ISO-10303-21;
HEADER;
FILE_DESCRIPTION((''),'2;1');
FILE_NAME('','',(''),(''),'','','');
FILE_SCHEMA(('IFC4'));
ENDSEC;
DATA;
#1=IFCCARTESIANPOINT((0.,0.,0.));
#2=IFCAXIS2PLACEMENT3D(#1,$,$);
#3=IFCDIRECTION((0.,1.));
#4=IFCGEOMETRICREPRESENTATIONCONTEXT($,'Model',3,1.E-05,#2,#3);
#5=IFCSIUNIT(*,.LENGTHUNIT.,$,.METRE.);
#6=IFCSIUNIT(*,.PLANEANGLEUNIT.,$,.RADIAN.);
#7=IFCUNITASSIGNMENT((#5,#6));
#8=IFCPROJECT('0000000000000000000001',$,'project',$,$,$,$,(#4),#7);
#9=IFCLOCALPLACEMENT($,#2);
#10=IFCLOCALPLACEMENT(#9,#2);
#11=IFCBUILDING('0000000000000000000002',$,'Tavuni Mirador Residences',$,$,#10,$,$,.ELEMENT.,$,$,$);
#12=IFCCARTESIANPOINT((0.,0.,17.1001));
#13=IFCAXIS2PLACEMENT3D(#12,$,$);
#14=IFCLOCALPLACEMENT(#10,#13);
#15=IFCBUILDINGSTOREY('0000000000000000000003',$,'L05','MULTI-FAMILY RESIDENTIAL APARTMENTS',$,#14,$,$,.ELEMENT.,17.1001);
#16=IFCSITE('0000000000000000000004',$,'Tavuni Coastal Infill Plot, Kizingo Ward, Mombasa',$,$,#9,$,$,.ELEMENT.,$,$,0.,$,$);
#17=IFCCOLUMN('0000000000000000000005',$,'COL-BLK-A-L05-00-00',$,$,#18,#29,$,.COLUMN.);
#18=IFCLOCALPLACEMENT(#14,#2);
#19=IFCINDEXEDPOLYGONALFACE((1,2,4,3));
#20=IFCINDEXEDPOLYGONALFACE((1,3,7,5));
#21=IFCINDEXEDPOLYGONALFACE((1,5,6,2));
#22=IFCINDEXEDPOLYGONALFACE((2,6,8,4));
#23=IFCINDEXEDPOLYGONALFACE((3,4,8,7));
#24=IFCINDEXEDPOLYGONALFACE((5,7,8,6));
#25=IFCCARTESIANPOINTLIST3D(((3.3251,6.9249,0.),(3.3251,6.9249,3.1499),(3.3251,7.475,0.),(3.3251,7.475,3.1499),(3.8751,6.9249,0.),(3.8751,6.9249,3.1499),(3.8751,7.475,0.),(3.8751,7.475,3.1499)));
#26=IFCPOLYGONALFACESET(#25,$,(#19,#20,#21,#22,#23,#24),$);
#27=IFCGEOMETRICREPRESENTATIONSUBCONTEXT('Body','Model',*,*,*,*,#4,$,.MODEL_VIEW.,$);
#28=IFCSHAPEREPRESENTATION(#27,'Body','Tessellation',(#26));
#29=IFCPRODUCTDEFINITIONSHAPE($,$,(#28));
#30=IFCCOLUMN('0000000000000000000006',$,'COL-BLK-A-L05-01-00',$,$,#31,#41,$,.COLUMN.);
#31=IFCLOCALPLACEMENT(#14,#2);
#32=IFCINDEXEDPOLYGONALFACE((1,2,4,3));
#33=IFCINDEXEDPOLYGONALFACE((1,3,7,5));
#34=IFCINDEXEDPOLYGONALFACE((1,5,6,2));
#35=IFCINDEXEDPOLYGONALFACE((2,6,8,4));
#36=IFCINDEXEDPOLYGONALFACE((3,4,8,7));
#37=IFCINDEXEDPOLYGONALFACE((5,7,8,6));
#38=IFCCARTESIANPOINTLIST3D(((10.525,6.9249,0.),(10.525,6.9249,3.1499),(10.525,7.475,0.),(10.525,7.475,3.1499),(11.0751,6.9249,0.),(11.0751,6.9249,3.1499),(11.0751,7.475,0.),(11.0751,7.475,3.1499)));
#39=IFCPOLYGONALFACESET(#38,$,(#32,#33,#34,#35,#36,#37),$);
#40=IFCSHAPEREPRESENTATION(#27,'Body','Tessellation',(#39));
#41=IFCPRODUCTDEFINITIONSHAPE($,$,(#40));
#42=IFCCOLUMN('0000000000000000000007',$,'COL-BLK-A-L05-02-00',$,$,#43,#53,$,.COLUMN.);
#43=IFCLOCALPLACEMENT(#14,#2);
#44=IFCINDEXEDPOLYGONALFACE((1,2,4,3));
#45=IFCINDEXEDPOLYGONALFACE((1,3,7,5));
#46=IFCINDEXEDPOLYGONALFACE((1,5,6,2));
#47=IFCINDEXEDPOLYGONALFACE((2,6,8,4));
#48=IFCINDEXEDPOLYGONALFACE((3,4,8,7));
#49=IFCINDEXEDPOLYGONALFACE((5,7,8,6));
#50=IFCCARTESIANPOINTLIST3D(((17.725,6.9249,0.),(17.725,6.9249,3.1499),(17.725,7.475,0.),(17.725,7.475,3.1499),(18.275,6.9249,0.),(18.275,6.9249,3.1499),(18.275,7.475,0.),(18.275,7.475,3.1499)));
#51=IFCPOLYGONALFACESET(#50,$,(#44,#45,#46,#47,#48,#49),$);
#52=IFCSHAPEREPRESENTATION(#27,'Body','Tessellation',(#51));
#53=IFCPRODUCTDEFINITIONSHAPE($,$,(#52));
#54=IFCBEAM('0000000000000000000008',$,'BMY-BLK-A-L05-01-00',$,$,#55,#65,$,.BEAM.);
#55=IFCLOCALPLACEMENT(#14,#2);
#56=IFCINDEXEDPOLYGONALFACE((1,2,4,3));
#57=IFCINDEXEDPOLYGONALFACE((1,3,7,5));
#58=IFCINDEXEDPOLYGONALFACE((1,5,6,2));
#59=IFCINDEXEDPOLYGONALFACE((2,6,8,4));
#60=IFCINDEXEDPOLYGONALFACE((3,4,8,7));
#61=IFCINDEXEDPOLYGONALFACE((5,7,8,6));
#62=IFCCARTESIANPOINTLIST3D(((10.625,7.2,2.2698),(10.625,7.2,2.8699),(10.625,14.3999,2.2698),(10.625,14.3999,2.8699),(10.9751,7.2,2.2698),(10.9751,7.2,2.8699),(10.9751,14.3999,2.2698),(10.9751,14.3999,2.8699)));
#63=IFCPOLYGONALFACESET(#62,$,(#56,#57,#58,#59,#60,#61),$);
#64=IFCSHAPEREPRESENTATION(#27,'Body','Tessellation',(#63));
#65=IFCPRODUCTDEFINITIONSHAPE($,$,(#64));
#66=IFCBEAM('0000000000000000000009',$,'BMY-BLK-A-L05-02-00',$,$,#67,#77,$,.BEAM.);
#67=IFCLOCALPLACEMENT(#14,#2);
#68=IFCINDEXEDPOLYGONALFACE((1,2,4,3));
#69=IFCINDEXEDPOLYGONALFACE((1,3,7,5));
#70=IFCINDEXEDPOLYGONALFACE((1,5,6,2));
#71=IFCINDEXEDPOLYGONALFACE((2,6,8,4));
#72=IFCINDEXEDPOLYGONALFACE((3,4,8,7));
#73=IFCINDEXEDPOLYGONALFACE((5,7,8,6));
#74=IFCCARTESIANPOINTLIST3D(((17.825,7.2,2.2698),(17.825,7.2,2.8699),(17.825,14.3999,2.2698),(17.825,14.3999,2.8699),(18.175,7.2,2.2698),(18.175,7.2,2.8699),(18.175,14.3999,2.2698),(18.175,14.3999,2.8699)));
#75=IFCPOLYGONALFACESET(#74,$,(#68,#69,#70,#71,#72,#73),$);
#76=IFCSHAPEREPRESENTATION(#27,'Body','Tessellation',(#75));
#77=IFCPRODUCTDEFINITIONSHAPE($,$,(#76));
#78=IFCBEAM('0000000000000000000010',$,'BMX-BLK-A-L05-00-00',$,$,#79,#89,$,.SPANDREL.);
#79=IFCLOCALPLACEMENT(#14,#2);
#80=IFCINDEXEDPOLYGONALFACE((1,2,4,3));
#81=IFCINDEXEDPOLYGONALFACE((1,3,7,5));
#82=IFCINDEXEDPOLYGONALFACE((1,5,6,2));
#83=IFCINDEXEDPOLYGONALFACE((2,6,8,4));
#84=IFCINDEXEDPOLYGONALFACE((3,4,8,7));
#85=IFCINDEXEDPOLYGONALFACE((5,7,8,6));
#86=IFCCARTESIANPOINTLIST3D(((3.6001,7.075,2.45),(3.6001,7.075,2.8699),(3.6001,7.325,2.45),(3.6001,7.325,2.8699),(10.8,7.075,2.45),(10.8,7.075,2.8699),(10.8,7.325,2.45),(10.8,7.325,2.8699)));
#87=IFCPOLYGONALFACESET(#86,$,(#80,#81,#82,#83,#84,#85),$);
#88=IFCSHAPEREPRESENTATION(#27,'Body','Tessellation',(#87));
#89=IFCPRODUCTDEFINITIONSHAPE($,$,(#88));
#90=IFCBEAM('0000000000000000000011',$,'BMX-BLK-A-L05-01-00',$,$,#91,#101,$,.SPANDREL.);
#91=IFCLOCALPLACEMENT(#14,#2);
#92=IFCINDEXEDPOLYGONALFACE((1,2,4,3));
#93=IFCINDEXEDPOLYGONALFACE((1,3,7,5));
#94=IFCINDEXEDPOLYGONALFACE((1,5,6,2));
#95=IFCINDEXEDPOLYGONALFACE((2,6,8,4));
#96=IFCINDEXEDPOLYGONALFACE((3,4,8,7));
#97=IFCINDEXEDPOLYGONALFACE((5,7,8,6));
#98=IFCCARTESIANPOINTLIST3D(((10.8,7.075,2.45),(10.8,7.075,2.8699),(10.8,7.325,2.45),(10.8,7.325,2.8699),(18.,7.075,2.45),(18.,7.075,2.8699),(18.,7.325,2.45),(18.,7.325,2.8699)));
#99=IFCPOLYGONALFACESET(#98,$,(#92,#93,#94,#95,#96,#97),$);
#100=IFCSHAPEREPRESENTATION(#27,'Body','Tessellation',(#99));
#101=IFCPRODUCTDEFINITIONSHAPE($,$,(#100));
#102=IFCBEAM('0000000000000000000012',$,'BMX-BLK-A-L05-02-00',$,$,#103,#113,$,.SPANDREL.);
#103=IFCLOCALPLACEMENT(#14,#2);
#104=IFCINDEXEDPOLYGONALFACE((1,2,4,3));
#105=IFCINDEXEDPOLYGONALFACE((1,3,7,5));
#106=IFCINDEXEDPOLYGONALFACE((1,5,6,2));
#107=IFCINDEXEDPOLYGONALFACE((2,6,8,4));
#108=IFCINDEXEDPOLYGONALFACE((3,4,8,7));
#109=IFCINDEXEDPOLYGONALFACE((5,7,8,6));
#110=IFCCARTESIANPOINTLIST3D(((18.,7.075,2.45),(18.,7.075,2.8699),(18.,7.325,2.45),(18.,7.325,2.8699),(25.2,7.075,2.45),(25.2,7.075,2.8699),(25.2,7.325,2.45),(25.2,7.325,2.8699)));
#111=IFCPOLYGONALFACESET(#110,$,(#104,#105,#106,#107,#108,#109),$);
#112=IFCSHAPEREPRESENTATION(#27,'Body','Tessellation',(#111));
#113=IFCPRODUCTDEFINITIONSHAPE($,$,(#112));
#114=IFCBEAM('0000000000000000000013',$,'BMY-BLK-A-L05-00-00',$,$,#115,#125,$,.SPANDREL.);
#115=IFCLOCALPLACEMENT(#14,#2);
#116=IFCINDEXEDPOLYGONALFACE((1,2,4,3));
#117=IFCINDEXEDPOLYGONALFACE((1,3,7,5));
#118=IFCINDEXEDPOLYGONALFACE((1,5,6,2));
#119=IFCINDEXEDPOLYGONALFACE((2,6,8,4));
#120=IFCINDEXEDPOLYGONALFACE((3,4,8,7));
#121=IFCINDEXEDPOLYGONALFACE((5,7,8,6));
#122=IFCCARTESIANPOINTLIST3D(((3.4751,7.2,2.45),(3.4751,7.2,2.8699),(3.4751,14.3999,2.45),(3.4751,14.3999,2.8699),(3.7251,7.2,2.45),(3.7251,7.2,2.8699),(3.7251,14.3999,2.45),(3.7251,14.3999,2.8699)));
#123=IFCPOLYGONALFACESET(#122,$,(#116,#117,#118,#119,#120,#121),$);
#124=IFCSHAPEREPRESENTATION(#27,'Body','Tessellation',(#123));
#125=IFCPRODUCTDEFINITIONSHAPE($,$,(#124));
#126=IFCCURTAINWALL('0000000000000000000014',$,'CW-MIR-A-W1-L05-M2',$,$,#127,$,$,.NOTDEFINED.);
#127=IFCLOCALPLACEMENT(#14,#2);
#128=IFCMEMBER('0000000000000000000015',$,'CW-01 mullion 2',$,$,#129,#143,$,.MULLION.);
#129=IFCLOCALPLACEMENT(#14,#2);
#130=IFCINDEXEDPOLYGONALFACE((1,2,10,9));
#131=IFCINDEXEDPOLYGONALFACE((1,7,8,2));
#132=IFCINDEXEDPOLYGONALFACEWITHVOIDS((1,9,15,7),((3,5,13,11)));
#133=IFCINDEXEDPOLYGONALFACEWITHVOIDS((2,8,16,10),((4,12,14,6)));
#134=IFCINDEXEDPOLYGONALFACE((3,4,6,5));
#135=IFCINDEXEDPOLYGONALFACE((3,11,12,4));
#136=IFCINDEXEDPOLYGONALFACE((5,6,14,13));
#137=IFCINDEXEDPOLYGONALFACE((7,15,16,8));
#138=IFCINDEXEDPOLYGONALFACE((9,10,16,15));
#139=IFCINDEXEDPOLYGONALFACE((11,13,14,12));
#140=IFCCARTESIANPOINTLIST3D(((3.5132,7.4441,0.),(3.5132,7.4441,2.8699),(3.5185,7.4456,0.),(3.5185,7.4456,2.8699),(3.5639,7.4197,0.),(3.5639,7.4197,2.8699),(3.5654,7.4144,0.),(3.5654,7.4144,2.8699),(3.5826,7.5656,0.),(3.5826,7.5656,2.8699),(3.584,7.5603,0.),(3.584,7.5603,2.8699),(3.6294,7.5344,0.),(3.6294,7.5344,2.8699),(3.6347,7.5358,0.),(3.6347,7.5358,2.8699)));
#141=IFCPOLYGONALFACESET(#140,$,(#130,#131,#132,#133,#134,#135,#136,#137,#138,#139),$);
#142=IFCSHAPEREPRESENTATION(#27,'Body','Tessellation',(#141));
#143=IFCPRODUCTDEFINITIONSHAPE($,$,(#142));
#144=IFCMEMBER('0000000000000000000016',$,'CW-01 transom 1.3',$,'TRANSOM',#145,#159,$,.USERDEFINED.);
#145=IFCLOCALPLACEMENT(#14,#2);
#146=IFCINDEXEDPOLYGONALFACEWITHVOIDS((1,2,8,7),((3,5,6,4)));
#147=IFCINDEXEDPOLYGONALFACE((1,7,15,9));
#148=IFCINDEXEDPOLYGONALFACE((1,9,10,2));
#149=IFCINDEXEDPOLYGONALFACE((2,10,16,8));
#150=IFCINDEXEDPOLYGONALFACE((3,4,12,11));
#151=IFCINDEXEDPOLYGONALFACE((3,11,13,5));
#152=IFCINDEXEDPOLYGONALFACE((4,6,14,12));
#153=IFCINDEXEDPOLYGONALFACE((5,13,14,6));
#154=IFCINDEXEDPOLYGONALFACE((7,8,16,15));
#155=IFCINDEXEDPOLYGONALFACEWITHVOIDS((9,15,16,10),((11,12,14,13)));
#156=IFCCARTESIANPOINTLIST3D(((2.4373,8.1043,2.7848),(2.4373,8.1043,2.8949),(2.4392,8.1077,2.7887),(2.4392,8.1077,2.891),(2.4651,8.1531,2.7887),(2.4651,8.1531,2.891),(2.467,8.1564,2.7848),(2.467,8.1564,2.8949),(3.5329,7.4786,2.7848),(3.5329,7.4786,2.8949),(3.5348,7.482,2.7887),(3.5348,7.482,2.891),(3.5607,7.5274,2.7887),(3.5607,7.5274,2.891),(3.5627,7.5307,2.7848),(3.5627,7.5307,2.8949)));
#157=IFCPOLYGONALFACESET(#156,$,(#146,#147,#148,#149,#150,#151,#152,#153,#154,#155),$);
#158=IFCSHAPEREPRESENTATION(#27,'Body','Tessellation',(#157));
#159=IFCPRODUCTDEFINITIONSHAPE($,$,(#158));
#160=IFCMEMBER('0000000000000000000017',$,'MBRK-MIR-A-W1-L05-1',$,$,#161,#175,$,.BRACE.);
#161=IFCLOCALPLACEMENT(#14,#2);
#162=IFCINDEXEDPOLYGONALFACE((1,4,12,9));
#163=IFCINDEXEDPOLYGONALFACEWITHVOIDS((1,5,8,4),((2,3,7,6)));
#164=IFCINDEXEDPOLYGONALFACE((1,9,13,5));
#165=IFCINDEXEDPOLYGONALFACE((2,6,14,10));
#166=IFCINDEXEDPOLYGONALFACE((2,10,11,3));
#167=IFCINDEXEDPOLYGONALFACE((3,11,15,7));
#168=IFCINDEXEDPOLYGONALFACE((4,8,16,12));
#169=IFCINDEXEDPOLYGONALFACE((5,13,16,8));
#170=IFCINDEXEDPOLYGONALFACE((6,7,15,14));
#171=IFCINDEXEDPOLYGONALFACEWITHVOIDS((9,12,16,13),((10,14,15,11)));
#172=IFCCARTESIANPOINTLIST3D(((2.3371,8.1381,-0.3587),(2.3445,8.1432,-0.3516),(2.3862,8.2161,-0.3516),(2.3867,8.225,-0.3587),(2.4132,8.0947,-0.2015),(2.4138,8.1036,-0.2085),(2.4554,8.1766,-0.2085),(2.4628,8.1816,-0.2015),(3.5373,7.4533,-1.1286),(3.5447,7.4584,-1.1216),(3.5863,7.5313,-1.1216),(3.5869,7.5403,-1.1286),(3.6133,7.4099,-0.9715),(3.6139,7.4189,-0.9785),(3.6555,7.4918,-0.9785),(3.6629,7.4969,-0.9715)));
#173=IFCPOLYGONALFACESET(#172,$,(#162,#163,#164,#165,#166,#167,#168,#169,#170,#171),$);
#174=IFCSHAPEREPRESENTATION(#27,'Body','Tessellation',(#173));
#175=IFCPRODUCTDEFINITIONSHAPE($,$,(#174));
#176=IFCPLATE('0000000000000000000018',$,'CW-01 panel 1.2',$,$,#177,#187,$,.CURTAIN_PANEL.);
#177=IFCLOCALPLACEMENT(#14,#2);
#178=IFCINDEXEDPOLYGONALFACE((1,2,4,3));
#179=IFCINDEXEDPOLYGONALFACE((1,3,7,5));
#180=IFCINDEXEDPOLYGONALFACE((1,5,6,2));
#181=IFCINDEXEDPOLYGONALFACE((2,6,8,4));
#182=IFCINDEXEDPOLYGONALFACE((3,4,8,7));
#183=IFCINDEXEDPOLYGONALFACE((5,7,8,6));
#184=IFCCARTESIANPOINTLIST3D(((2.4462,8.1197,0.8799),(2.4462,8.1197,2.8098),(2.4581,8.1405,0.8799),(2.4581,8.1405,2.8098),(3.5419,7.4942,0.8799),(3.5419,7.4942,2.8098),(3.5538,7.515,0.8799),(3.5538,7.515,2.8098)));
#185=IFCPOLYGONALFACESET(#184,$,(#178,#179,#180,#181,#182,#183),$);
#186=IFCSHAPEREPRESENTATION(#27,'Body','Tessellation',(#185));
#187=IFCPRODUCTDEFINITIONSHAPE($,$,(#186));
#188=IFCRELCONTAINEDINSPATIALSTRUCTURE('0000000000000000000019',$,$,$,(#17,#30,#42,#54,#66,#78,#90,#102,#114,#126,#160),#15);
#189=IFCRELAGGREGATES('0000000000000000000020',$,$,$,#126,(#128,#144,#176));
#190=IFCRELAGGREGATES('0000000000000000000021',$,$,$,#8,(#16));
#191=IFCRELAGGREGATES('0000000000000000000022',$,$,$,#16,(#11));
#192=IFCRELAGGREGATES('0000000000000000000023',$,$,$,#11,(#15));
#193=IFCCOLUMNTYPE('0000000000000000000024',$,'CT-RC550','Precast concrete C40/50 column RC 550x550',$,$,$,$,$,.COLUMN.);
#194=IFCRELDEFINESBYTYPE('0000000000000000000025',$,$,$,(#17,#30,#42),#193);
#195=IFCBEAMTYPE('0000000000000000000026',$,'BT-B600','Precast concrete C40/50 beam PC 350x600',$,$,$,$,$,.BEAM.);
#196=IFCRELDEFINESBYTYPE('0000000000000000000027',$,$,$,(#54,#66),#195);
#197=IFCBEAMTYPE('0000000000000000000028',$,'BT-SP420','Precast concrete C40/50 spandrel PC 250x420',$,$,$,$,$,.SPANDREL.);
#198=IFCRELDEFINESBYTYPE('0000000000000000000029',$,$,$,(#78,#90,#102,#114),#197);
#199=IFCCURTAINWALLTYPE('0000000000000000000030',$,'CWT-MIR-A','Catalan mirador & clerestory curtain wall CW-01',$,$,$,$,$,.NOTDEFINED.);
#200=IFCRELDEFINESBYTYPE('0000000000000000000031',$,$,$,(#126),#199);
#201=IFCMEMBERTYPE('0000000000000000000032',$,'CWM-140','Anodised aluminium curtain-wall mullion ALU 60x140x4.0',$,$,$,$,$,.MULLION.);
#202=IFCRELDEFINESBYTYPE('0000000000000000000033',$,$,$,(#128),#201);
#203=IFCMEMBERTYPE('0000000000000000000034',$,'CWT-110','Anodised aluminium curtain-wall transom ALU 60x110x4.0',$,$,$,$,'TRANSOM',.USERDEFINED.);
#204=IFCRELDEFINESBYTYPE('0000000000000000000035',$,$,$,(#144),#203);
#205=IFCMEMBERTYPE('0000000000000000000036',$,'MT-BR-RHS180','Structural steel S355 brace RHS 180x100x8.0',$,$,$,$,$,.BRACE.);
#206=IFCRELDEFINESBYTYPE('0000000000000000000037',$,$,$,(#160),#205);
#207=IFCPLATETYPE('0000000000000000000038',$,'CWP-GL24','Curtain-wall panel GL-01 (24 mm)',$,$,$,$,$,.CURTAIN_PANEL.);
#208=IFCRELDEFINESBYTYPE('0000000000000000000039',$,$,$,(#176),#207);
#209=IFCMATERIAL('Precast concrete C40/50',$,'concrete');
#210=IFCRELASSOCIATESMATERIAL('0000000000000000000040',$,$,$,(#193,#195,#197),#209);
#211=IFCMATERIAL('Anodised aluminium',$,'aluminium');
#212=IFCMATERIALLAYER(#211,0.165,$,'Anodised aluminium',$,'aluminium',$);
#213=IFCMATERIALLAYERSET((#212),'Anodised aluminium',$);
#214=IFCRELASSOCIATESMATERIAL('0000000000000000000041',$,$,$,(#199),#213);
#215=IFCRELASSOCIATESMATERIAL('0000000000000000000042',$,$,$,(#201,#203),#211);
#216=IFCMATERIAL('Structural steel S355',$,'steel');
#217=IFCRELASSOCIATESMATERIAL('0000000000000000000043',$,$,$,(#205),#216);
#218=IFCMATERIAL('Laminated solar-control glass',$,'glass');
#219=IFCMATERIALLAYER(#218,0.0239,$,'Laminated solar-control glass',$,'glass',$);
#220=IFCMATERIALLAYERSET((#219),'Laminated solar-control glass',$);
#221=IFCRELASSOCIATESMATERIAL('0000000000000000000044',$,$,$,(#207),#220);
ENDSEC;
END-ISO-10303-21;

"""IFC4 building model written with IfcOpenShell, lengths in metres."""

from ifc_helpers import new_model, si_unit, direction, frame, origin, origin_2d, place, context, subcontext, project, spatial, rectangle, hollow_rectangle, extrude, material, layer, layer_set, material_profile, profile_set, type_object, element, aggregate, save


model = new_model("IFC4")

# Units and contexts
model_context = context("Model", 3, precision=1e-05, world=origin(), true_north=direction((0.0, 1.0)))
body_context = subcontext(model_context, "Body", "Model", "MODEL_VIEW")
ifc_project = project(units=[si_unit("LENGTHUNIT", "METRE"), si_unit("PLANEANGLEUNIT", "RADIAN")], contexts=[model_context])

# Site, building, storey
site_placement = place(None, origin())
site = spatial("IfcSite", under=ifc_project, at=site_placement, Name="Tavuni Coastal Infill Plot, Kizingo Ward, Mombasa", CompositionType="ELEMENT", RefElevation=0.0)
building_placement = place(site_placement, origin())
building = spatial("IfcBuilding", under=site, at=building_placement, Name="Tavuni Mirador Residences", CompositionType="ELEMENT")
storey_placement = place(building_placement, frame((0.0, 0.0, 17.1001)))
storey = spatial("IfcBuildingStorey", under=building, at=storey_placement, Name="L05", Description="MULTI-FAMILY RESIDENTIAL APARTMENTS", CompositionType="ELEMENT", Elevation=17.1001)

# Columns
ifc_material_1 = material(Name="Precast concrete C40/50", Category="concrete")
ifc_material_profile_1 = material_profile(ifc_material_1, rectangle(XDim=0.55, YDim=0.55, at=origin_2d()), Name="RC 550x550", Category="concrete")
ifc_profile_set_1 = profile_set([ifc_material_profile_1], Name="Precast concrete C40/50")
column_type = type_object("IfcColumnType", Name="CT-RC550", Description="Precast concrete C40/50 column RC 550x550", PredefinedType="COLUMN", material=ifc_profile_set_1)
for number, where, z_axis, x_axis, name in (
    (1, (3.6001, 7.2, 0.0), (0.0, 0.0, 1.0), (1.0, 0.0, 0.0), "COL-BLK-A-L05-00-00"),
    (2, (10.8, 7.2, 0.0), (0.0, 0.0, 1.0), (1.0, 0.0, 0.0), "COL-BLK-A-L05-01-00"),
    (3, (18.0, 7.2, 0.0), (0.0, 0.0, 1.0), (1.0, 0.0, 0.0), "COL-BLK-A-L05-02-00"),
):
    element("IfcColumn", number, at=place(storey_placement, frame(where, z_axis=z_axis, x_axis=x_axis)), inside=storey, type_object=column_type, Name=name, PredefinedType="COLUMN", context=body_context, shape_type="SweptSolid", body=[
        extrude(rectangle(XDim=0.55, YDim=0.55, at=origin_2d()), origin(), (0.0, 0.0, 1.0), 3.1499),
    ])

# Beams
ifc_material_profile_2 = material_profile(ifc_material_1, rectangle(XDim=0.3501, YDim=0.6001, at=origin_2d()), Name="PC 350x600", Category="concrete")
ifc_profile_set_2 = profile_set([ifc_material_profile_2], Name="Precast concrete C40/50")
beam_type_1 = type_object("IfcBeamType", Name="BT-B600", Description="Precast concrete C40/50 beam PC 350x600", PredefinedType="BEAM", material=ifc_profile_set_2)
for number, where, z_axis, x_axis, name in (
    (4, (10.8, 7.2, 2.5698), (0.0, 1.0, 0.0), (-1.0, 0.0, 0.0), "BMY-BLK-A-L05-01-00"),
    (5, (18.0, 7.2, 2.5698), (0.0, 1.0, 0.0), (-1.0, 0.0, 0.0), "BMY-BLK-A-L05-02-00"),
):
    element("IfcBeam", number, at=place(storey_placement, frame(where, z_axis=z_axis, x_axis=x_axis)), inside=storey, type_object=beam_type_1, Name=name, PredefinedType="BEAM", context=body_context, shape_type="SweptSolid", body=[
        extrude(rectangle(XDim=0.3501, YDim=0.6001, at=origin_2d()), origin(), (0.0, 0.0, 1.0), 7.2),
    ])
ifc_material_profile_3 = material_profile(ifc_material_1, rectangle(XDim=0.25, YDim=0.4199, at=origin_2d()), Name="PC 250x420", Category="concrete")
ifc_profile_set_3 = profile_set([ifc_material_profile_3], Name="Precast concrete C40/50")
beam_type_2 = type_object("IfcBeamType", Name="BT-SP420", Description="Precast concrete C40/50 spandrel PC 250x420", PredefinedType="SPANDREL", material=ifc_profile_set_3)
for number, where, z_axis, x_axis, name in (
    (6, (3.6001, 7.2, 2.6599), (1.0, 0.0, 0.0), (0.0, 1.0, 0.0), "BMX-BLK-A-L05-00-00"),
    (7, (10.8, 7.2, 2.6599), (1.0, 0.0, 0.0), (0.0, 1.0, 0.0), "BMX-BLK-A-L05-01-00"),
    (8, (18.0, 7.2, 2.6599), (1.0, 0.0, 0.0), (0.0, 1.0, 0.0), "BMX-BLK-A-L05-02-00"),
    (9, (3.6001, 7.2, 2.6599), (0.0, 1.0, 0.0), (-1.0, 0.0, 0.0), "BMY-BLK-A-L05-00-00"),
):
    element("IfcBeam", number, at=place(storey_placement, frame(where, z_axis=z_axis, x_axis=x_axis)), inside=storey, type_object=beam_type_2, Name=name, PredefinedType="SPANDREL", context=body_context, shape_type="SweptSolid", body=[
        extrude(rectangle(XDim=0.25, YDim=0.4199, at=origin_2d()), origin(), (0.0, 0.0, 1.0), 7.2),
    ])

# Curtain wall, members
ifc_material_2 = material(Name="Anodised aluminium", Category="aluminium")
ifc_layer_1 = layer(ifc_material_2, 0.165, Name="Anodised aluminium", Category="aluminium")
ifc_layer_set_1 = layer_set([ifc_layer_1], Name="Anodised aluminium")
curtain_wall_type = type_object("IfcCurtainWallType", Name="CWT-MIR-A", Description="Catalan mirador & clerestory curtain wall CW-01", PredefinedType="NOTDEFINED", material=ifc_layer_set_1)
curtain_wall_placement = place(storey_placement, origin())
curtain_wall = element("IfcCurtainWall", 10, at=curtain_wall_placement, inside=storey, type_object=curtain_wall_type, Name="CW-MIR-A-W1-L05-M2", PredefinedType="NOTDEFINED")
ifc_material_profile_4 = material_profile(ifc_material_2, hollow_rectangle(XDim=0.0601, YDim=0.1399, WallThickness=0.0039, at=origin_2d()), Name="ALU 60x140x4.0", Category="aluminium")
ifc_profile_set_4 = profile_set([ifc_material_profile_4], Name="Anodised aluminium")
member_type_1 = type_object("IfcMemberType", Name="CWM-140", Description="Anodised aluminium curtain-wall mullion ALU 60x140x4.0", PredefinedType="MULLION", material=ifc_profile_set_4)
member_1_placement = place(storey_placement, frame((3.574, 7.49, 0.0), z_axis=(0.0, 0.0, 1.0), x_axis=(0.868466, -0.495749, 0.0)))
member_1 = element("IfcMember", 11, at=member_1_placement, type_object=member_type_1, Name="CW-01 mullion 2", PredefinedType="MULLION", context=body_context, shape_type="SweptSolid", body=[
    extrude(hollow_rectangle(XDim=0.0601, YDim=0.1399, WallThickness=0.0039, at=origin_2d()), origin(), (0.0, 0.0, 1.0), 2.8699),
])
ifc_material_profile_5 = material_profile(ifc_material_2, hollow_rectangle(XDim=0.0601, YDim=0.1101, WallThickness=0.0039, at=origin_2d()), Name="ALU 60x110x4.0", Category="aluminium")
ifc_profile_set_5 = profile_set([ifc_material_profile_5], Name="Anodised aluminium")
member_type_2 = type_object("IfcMemberType", Name="CWT-110", Description="Anodised aluminium curtain-wall transom ALU 60x110x4.0", ElementType="TRANSOM", PredefinedType="USERDEFINED", material=ifc_profile_set_5)
member_2_placement = place(storey_placement, frame((2.4521, 8.1304, 2.8398), z_axis=(0.868374, -0.49591, 0.0), x_axis=(0.49591, 0.868374, 0.0)))
member_2 = element("IfcMember", 12, at=member_2_placement, type_object=member_type_2, Name="CW-01 transom 1.3", ObjectType="TRANSOM", PredefinedType="USERDEFINED", context=body_context, shape_type="SweptSolid", body=[
    extrude(hollow_rectangle(XDim=0.0601, YDim=0.1101, WallThickness=0.0039, at=origin_2d()), origin(), (0.0, 0.0, 1.0), 1.2617),
])

# Member
ifc_material_3 = material(Name="Structural steel S355", Category="steel")
ifc_material_profile_6 = material_profile(ifc_material_3, hollow_rectangle(XDim=0.1001, YDim=0.1799, WallThickness=0.0081, at=origin_2d()), Name="RHS 180x100x8.0", Category="steel")
ifc_profile_set_6 = profile_set([ifc_material_profile_6], Name="Structural steel S355")
member_type_3 = type_object("IfcMemberType", Name="MT-BR-RHS180", Description="Structural steel S355 brace RHS 180x100x8.0", PredefinedType="BRACE", material=ifc_profile_set_6)
member_3_placement = place(storey_placement, frame((3.6001, 7.4751, -1.05), z_axis=(-0.758711, 0.43291, 0.486772), x_axis=(-0.495587, -0.868558, 0.0)))
element("IfcMember", 13, at=member_3_placement, inside=storey, type_object=member_type_3, Name="MBRK-MIR-A-W1-L05-1", PredefinedType="BRACE", context=body_context, shape_type="SweptSolid", body=[
    extrude(hollow_rectangle(XDim=0.1001, YDim=0.1799, WallThickness=0.0081, at=origin_2d()), origin(), (0.0, 0.0, 1.0), 1.5818),
])

# Plate
ifc_material_4 = material(Name="Laminated solar-control glass", Category="glass")
ifc_layer_2 = layer(ifc_material_4, 0.0239, Name="Laminated solar-control glass", Category="glass")
ifc_layer_set_2 = layer_set([ifc_layer_2], Name="Laminated solar-control glass")
plate_type_1 = type_object("IfcPlateType", Name="CWP-GL24", Description="Curtain-wall panel GL-01 (24 mm)", PredefinedType="CURTAIN_PANEL", material=ifc_layer_set_2)
plate_1_placement = place(storey_placement, frame((3.0, 7.8174, 0.8799), z_axis=(0.0, 0.0, 1.0), x_axis=(0.868466, -0.495749, 0.0)))
plate_1 = element("IfcPlate", 14, at=plate_1_placement, type_object=plate_type_1, Name="CW-01 panel 1.2", PredefinedType="CURTAIN_PANEL", context=body_context, shape_type="SweptSolid", body=[
    extrude(rectangle(XDim=1.2617, YDim=0.0239, at=origin_2d()), origin(), (0.0, 0.0, 1.0), 1.9299),
])
aggregate(curtain_wall, [member_1, member_2, plate_1])

save(model, "model.ifc")
